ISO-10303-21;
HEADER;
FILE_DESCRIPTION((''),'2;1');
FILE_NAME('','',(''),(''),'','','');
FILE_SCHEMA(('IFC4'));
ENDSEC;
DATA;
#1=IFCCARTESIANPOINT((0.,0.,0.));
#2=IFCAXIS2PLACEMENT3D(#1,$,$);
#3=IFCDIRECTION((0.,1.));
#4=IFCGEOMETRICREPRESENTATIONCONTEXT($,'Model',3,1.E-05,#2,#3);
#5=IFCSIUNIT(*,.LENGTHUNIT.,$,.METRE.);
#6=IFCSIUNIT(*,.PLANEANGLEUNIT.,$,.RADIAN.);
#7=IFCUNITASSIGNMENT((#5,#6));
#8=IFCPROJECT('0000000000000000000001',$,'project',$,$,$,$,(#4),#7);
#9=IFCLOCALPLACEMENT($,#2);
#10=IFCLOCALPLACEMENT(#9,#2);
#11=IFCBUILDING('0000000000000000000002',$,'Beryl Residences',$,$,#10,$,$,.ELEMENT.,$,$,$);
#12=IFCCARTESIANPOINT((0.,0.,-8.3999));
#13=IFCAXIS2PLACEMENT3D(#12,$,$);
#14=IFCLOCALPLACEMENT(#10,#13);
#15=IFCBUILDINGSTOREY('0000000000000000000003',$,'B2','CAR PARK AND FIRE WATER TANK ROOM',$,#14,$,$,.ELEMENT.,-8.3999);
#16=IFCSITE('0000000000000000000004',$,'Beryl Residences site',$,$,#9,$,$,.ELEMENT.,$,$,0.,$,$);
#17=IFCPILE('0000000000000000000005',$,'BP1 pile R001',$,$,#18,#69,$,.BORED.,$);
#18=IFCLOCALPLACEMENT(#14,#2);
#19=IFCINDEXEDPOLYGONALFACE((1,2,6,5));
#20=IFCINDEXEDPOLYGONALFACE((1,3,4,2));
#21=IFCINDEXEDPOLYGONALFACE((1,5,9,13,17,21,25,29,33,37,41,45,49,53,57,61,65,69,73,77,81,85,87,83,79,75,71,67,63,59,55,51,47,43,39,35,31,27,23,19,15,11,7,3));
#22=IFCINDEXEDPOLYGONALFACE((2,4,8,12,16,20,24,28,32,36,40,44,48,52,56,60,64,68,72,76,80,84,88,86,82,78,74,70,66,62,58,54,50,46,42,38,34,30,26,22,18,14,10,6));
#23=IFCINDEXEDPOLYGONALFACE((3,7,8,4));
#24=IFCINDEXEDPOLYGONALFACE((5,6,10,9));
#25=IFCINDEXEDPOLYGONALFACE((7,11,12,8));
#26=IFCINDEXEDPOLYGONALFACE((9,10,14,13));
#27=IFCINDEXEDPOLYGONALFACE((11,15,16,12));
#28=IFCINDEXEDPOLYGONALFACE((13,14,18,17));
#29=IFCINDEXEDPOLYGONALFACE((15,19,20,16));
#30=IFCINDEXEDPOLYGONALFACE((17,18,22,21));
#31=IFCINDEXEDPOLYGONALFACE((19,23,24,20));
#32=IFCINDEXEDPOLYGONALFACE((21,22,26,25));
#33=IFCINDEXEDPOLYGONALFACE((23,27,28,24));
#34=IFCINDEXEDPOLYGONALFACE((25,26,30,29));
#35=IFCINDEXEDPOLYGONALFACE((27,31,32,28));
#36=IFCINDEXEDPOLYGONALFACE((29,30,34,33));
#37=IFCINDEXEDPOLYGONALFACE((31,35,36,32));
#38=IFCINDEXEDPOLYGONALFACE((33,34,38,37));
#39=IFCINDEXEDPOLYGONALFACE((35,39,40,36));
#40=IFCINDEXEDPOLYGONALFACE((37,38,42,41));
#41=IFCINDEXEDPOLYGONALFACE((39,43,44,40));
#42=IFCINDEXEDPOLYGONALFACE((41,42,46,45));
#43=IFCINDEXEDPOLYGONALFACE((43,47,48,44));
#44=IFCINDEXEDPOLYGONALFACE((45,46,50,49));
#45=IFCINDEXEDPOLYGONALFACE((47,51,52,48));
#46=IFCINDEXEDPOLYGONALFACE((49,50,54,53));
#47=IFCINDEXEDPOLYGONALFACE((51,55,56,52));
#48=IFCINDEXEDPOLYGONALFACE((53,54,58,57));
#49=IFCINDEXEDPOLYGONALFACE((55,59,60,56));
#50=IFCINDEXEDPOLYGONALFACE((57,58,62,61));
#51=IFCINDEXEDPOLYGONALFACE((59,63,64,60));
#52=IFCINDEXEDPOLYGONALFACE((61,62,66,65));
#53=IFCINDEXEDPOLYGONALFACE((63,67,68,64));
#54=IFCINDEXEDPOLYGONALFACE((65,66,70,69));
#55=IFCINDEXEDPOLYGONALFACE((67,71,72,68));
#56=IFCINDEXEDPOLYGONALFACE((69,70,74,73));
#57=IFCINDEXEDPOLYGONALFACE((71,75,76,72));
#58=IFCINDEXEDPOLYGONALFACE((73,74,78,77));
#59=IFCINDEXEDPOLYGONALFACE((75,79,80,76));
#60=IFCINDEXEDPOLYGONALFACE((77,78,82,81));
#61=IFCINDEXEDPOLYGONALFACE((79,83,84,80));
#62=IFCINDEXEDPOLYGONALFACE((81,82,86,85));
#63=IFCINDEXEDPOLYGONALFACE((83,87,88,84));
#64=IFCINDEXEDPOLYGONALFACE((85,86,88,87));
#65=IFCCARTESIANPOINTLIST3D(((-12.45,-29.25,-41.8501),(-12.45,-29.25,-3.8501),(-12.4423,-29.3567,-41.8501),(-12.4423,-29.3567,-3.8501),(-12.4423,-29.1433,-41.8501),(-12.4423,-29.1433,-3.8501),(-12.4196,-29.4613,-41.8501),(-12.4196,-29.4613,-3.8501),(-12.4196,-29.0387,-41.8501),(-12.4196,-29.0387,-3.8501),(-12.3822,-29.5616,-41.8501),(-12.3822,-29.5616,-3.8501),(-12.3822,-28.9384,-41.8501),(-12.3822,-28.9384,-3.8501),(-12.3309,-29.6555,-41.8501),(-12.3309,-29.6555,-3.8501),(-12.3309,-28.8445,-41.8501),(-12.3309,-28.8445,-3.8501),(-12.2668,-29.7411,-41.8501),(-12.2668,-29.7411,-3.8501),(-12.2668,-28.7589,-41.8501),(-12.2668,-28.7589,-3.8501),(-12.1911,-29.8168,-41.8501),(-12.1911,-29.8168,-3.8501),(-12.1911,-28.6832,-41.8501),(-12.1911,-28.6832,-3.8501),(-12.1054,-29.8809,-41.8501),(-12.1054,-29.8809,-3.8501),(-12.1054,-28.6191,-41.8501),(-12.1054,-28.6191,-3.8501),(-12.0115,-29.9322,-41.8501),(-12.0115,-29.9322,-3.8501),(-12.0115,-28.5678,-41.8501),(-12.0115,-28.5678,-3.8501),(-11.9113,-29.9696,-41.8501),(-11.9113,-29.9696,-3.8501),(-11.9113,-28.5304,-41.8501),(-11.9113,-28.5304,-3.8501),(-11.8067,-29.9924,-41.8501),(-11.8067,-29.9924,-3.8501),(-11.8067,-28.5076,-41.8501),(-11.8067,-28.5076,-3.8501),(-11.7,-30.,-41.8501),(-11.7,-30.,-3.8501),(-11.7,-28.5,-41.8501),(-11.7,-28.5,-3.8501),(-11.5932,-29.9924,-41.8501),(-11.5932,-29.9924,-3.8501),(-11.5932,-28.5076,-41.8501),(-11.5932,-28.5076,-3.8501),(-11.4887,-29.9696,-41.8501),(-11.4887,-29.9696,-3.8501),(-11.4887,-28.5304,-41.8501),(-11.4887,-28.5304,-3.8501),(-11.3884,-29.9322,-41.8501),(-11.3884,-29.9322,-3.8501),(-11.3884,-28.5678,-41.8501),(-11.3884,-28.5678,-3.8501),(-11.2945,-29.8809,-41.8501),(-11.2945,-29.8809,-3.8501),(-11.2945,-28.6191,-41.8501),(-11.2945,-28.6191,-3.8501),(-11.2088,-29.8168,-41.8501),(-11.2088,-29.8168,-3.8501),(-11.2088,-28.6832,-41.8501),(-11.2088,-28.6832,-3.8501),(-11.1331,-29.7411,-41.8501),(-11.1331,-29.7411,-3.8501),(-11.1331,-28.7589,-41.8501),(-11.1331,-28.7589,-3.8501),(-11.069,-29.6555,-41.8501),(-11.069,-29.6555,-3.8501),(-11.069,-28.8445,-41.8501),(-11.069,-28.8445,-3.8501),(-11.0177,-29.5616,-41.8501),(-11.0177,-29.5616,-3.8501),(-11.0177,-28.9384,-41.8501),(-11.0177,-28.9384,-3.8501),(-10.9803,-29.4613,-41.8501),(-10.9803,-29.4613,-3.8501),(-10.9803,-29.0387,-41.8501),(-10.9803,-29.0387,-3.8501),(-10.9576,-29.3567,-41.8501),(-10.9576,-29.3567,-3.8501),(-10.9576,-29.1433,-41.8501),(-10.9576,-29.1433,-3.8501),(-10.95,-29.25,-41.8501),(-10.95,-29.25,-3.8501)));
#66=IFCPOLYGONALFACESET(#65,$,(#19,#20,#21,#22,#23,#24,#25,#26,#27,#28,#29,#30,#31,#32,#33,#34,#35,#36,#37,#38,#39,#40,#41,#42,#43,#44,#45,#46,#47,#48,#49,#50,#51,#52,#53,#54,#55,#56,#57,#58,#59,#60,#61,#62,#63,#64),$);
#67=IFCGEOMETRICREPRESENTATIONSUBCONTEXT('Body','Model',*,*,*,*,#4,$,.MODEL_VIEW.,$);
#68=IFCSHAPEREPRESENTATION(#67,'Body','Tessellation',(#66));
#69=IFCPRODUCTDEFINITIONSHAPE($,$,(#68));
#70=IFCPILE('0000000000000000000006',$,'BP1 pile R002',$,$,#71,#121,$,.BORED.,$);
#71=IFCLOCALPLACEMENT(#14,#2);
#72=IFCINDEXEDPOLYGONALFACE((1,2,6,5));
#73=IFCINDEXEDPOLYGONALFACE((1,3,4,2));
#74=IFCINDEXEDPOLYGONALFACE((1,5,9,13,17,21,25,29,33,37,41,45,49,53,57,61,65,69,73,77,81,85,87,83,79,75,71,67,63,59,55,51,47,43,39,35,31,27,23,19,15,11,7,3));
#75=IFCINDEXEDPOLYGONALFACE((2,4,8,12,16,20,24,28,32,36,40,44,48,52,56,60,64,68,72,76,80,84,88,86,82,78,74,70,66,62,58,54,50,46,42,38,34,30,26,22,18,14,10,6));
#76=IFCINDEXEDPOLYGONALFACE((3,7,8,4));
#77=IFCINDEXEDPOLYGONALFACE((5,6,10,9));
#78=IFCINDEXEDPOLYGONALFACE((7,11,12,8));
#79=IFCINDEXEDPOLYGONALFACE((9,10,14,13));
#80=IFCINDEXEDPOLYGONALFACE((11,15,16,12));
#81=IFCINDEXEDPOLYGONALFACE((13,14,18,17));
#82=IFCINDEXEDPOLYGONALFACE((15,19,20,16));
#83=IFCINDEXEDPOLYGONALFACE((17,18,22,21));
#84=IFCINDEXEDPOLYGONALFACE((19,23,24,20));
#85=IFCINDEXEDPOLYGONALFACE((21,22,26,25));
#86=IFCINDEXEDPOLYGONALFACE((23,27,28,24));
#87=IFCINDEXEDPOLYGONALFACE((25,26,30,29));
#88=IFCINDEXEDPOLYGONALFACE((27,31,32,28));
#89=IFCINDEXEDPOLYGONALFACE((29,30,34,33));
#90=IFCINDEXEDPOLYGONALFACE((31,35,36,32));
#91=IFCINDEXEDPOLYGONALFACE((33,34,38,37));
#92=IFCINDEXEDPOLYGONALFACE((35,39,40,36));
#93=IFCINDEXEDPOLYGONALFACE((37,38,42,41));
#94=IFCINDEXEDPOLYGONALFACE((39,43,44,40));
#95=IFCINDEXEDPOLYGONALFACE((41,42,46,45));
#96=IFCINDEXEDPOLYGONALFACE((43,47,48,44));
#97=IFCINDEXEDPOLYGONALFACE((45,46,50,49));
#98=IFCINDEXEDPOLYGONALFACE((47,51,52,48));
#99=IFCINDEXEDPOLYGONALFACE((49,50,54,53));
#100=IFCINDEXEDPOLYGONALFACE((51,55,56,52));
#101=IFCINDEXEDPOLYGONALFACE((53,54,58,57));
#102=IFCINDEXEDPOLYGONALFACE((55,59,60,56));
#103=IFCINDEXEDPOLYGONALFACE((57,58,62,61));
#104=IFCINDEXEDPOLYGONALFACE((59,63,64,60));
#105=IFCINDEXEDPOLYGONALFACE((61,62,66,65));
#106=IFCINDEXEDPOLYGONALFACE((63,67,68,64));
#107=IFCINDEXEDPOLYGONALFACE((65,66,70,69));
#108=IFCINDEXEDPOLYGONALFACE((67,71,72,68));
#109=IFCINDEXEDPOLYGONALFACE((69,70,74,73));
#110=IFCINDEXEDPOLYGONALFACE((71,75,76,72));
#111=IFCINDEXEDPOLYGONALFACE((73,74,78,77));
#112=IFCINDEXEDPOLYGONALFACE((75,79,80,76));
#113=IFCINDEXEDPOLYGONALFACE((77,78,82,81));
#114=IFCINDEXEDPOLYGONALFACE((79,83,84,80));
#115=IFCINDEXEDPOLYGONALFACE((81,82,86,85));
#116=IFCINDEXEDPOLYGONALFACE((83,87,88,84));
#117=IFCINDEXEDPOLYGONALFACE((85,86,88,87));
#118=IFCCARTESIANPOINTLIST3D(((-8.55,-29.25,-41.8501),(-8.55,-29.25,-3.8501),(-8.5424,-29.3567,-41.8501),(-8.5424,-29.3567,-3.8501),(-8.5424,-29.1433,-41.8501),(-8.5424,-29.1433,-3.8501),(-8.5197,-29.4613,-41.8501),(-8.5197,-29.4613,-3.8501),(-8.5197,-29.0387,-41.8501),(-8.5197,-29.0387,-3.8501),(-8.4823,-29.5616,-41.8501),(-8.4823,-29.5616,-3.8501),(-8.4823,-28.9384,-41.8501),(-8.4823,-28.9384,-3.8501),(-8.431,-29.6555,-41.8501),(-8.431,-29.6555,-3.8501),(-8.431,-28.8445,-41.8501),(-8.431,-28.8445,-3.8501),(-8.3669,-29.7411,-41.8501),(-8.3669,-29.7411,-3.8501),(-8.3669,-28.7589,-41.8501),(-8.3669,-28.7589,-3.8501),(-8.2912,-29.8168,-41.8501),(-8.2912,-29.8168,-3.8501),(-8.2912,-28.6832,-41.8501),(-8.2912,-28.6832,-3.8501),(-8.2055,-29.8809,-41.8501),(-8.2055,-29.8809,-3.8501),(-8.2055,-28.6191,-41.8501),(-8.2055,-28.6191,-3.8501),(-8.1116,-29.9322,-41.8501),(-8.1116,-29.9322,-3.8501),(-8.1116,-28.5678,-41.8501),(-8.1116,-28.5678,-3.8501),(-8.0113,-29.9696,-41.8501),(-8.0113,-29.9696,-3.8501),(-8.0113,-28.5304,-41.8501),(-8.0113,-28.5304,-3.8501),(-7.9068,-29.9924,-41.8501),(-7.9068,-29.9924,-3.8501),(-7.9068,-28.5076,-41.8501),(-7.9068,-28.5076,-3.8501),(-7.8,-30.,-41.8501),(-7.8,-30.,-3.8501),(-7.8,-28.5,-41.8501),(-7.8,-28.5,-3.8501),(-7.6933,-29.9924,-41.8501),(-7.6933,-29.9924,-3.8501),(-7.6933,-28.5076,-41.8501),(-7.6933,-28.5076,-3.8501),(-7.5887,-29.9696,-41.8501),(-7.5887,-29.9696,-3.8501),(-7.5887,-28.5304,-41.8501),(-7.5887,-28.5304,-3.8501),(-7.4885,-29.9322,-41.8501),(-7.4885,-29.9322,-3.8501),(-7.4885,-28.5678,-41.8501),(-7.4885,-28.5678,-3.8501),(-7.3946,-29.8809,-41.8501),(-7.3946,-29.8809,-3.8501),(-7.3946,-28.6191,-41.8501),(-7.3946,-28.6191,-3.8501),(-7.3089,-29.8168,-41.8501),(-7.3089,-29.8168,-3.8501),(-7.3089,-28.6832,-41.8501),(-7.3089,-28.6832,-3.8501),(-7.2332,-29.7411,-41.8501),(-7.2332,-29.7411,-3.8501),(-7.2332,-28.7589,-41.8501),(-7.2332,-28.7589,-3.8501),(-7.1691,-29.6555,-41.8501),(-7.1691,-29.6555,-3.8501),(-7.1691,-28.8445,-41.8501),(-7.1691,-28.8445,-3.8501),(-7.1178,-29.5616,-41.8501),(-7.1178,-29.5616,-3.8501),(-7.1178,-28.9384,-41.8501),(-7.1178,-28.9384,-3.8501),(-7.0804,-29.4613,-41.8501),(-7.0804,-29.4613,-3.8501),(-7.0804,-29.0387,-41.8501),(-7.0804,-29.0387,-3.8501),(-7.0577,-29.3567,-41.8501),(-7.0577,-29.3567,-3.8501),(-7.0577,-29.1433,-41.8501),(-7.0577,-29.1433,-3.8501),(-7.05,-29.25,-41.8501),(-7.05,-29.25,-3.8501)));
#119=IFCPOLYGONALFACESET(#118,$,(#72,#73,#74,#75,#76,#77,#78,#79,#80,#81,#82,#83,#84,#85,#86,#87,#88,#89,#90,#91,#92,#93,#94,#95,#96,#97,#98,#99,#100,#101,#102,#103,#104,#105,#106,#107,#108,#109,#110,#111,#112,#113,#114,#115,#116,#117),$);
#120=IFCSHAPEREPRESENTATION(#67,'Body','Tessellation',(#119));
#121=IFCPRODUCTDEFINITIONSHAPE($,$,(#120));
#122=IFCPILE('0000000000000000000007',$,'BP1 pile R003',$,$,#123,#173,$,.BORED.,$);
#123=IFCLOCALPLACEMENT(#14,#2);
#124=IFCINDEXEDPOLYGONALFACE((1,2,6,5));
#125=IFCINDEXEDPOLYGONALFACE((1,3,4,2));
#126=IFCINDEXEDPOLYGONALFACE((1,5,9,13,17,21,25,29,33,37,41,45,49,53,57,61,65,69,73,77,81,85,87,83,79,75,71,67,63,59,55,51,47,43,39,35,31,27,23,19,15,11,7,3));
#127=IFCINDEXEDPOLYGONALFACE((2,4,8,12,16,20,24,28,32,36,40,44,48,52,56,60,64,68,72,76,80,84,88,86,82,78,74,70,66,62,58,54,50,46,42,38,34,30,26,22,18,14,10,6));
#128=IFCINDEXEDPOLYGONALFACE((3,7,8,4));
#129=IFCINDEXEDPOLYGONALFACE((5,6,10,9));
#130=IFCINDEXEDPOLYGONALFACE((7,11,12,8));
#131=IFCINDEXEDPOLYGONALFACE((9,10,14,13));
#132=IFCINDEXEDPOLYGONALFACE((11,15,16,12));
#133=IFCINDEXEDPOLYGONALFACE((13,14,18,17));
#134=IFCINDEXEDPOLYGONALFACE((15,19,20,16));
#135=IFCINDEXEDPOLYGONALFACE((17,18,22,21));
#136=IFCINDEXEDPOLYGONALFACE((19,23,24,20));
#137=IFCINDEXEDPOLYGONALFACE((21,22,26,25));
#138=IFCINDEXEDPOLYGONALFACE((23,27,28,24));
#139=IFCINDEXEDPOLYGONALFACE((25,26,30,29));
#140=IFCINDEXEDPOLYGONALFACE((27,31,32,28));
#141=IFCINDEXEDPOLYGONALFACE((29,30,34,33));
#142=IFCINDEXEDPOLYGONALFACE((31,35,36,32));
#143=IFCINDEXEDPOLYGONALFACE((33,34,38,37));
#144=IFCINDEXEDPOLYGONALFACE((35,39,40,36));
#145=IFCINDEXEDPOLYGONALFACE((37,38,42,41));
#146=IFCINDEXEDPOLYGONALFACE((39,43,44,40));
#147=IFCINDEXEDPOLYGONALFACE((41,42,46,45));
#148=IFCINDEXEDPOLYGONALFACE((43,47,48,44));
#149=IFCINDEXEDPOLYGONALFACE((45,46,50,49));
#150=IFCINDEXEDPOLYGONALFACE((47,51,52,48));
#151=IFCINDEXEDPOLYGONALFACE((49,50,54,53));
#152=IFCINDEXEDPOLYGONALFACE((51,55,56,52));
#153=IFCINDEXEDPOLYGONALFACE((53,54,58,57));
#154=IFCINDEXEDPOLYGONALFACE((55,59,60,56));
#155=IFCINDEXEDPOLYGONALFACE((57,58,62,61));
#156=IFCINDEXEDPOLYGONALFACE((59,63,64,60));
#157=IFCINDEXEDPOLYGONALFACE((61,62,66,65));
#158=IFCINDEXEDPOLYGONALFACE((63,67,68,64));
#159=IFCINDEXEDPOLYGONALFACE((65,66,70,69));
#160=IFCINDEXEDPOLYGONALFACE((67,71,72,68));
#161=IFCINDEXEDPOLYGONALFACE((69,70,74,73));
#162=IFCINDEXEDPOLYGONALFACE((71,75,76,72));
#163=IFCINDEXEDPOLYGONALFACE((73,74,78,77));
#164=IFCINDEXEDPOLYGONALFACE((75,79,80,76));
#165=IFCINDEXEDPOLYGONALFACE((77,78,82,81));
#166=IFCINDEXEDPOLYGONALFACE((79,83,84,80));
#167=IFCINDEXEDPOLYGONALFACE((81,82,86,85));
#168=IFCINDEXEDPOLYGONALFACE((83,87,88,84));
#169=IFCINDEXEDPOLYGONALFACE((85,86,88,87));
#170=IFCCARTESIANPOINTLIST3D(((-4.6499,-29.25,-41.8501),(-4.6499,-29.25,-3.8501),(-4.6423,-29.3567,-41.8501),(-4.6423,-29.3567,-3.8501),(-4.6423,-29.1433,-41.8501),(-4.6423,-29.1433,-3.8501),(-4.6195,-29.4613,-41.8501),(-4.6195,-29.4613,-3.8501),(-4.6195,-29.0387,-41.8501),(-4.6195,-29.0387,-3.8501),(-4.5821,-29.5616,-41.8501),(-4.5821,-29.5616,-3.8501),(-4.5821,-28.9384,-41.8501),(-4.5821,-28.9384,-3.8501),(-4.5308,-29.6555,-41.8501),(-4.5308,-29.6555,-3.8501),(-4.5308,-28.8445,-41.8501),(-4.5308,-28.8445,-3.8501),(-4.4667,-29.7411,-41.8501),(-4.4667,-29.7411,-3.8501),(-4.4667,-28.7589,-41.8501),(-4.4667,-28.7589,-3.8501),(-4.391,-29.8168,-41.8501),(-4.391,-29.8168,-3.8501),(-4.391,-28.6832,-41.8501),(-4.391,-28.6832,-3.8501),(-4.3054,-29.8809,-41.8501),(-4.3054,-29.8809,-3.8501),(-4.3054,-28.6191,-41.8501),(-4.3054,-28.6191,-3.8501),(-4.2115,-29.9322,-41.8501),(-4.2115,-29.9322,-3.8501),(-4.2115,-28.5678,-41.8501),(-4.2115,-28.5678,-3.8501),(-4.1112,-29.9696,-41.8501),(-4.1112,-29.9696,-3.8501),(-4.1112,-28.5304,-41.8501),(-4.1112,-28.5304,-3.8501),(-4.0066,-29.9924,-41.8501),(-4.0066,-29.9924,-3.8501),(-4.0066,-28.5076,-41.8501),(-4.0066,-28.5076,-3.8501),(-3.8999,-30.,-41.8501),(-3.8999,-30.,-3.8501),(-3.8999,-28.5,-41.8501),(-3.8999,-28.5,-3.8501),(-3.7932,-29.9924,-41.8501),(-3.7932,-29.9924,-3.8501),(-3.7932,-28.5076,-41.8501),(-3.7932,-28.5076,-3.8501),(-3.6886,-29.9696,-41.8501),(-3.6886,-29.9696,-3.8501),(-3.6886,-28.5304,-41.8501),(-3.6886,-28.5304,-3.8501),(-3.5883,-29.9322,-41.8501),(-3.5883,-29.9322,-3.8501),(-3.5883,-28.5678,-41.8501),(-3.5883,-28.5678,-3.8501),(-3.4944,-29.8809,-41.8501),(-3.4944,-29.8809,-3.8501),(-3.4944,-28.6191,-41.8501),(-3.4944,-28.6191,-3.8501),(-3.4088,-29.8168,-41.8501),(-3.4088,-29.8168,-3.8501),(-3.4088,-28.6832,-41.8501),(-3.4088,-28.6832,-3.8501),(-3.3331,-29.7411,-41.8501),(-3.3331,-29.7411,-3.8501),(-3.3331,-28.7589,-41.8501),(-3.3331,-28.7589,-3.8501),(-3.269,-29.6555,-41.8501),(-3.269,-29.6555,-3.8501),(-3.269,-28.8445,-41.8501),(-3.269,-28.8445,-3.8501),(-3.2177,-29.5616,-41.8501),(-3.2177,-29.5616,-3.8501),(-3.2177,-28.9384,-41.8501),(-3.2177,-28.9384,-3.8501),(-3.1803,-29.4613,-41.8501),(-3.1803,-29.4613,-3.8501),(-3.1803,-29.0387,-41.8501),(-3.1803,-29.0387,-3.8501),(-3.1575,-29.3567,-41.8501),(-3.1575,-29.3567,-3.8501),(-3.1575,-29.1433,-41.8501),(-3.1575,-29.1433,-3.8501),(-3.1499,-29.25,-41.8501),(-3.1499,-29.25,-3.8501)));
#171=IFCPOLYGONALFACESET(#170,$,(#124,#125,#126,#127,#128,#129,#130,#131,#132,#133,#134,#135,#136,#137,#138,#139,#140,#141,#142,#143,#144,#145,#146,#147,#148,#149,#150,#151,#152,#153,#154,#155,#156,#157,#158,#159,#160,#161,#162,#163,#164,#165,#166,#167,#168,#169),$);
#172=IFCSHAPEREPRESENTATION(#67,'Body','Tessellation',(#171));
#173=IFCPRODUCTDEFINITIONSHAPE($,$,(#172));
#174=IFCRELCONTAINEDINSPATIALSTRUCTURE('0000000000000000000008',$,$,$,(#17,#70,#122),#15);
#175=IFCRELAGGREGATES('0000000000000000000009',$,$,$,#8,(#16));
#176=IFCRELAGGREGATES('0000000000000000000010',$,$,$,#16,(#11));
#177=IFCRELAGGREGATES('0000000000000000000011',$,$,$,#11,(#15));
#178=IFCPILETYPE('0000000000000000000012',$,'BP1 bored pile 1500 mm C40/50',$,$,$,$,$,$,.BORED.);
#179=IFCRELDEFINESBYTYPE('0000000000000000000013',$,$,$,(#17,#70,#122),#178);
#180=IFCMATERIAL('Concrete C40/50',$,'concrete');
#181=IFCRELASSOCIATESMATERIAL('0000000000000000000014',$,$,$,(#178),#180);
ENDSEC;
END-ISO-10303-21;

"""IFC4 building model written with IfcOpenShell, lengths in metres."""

from ifc_helpers import new_model, si_unit, direction, frame, origin, origin_2d, place, context, subcontext, project, spatial, circle, extrude, material, material_profile, profile_set, type_object, element, save


model = new_model("IFC4")

# Units and contexts
model_context = context("Model", 3, precision=1e-05, world=origin(), true_north=direction((0.0, 1.0)))
body_context = subcontext(model_context, "Body", "Model", "MODEL_VIEW")
ifc_project = project(units=[si_unit("LENGTHUNIT", "METRE"), si_unit("PLANEANGLEUNIT", "RADIAN")], contexts=[model_context])

# Site, building, storey
site_placement = place(None, origin())
site = spatial("IfcSite", under=ifc_project, at=site_placement, Name="Beryl Residences site", CompositionType="ELEMENT", RefElevation=0.0)
building_placement = place(site_placement, origin())
building = spatial("IfcBuilding", under=site, at=building_placement, Name="Beryl Residences", CompositionType="ELEMENT")
storey_placement = place(building_placement, frame((0.0, 0.0, -8.3999)))
storey = spatial("IfcBuildingStorey", under=building, at=storey_placement, Name="B2", Description="CAR PARK AND FIRE WATER TANK ROOM", CompositionType="ELEMENT", Elevation=-8.3999)

# Piles
ifc_material_1 = material(Name="Concrete C40/50", Category="concrete")
ifc_material_profile_1 = material_profile(ifc_material_1, circle(Radius=0.75, at=origin_2d()))
ifc_profile_set_1 = profile_set([ifc_material_profile_1], Name="Concrete C40/50")
pile_type_1 = type_object("IfcPileType", Name="BP1 bored pile 1500 mm C40/50", PredefinedType="BORED", material=ifc_profile_set_1)
for number, where, z_axis, x_axis, name in (
    (1, (-11.7, -29.25, -3.8501), (0.0, 0.0, -1.0), (1.0, 0.0, 0.0), "BP1 pile R001"),
    (2, (-7.8, -29.25, -3.8501), (0.0, 0.0, -1.0), (1.0, 0.0, 0.0), "BP1 pile R002"),
    (3, (-3.8999, -29.25, -3.8501), (0.0, 0.0, -1.0), (1.0, 0.0, 0.0), "BP1 pile R003"),
):
    element("IfcPile", number, at=place(storey_placement, frame(where, z_axis=z_axis, x_axis=x_axis)), inside=storey, type_object=pile_type_1, Name=name, PredefinedType="BORED", context=body_context, shape_type="SweptSolid", body=[
        extrude(circle(Radius=0.75, at=origin_2d()), origin(), (0.0, 0.0, 1.0), 38.0),
    ])

save(model, "model.ifc")
